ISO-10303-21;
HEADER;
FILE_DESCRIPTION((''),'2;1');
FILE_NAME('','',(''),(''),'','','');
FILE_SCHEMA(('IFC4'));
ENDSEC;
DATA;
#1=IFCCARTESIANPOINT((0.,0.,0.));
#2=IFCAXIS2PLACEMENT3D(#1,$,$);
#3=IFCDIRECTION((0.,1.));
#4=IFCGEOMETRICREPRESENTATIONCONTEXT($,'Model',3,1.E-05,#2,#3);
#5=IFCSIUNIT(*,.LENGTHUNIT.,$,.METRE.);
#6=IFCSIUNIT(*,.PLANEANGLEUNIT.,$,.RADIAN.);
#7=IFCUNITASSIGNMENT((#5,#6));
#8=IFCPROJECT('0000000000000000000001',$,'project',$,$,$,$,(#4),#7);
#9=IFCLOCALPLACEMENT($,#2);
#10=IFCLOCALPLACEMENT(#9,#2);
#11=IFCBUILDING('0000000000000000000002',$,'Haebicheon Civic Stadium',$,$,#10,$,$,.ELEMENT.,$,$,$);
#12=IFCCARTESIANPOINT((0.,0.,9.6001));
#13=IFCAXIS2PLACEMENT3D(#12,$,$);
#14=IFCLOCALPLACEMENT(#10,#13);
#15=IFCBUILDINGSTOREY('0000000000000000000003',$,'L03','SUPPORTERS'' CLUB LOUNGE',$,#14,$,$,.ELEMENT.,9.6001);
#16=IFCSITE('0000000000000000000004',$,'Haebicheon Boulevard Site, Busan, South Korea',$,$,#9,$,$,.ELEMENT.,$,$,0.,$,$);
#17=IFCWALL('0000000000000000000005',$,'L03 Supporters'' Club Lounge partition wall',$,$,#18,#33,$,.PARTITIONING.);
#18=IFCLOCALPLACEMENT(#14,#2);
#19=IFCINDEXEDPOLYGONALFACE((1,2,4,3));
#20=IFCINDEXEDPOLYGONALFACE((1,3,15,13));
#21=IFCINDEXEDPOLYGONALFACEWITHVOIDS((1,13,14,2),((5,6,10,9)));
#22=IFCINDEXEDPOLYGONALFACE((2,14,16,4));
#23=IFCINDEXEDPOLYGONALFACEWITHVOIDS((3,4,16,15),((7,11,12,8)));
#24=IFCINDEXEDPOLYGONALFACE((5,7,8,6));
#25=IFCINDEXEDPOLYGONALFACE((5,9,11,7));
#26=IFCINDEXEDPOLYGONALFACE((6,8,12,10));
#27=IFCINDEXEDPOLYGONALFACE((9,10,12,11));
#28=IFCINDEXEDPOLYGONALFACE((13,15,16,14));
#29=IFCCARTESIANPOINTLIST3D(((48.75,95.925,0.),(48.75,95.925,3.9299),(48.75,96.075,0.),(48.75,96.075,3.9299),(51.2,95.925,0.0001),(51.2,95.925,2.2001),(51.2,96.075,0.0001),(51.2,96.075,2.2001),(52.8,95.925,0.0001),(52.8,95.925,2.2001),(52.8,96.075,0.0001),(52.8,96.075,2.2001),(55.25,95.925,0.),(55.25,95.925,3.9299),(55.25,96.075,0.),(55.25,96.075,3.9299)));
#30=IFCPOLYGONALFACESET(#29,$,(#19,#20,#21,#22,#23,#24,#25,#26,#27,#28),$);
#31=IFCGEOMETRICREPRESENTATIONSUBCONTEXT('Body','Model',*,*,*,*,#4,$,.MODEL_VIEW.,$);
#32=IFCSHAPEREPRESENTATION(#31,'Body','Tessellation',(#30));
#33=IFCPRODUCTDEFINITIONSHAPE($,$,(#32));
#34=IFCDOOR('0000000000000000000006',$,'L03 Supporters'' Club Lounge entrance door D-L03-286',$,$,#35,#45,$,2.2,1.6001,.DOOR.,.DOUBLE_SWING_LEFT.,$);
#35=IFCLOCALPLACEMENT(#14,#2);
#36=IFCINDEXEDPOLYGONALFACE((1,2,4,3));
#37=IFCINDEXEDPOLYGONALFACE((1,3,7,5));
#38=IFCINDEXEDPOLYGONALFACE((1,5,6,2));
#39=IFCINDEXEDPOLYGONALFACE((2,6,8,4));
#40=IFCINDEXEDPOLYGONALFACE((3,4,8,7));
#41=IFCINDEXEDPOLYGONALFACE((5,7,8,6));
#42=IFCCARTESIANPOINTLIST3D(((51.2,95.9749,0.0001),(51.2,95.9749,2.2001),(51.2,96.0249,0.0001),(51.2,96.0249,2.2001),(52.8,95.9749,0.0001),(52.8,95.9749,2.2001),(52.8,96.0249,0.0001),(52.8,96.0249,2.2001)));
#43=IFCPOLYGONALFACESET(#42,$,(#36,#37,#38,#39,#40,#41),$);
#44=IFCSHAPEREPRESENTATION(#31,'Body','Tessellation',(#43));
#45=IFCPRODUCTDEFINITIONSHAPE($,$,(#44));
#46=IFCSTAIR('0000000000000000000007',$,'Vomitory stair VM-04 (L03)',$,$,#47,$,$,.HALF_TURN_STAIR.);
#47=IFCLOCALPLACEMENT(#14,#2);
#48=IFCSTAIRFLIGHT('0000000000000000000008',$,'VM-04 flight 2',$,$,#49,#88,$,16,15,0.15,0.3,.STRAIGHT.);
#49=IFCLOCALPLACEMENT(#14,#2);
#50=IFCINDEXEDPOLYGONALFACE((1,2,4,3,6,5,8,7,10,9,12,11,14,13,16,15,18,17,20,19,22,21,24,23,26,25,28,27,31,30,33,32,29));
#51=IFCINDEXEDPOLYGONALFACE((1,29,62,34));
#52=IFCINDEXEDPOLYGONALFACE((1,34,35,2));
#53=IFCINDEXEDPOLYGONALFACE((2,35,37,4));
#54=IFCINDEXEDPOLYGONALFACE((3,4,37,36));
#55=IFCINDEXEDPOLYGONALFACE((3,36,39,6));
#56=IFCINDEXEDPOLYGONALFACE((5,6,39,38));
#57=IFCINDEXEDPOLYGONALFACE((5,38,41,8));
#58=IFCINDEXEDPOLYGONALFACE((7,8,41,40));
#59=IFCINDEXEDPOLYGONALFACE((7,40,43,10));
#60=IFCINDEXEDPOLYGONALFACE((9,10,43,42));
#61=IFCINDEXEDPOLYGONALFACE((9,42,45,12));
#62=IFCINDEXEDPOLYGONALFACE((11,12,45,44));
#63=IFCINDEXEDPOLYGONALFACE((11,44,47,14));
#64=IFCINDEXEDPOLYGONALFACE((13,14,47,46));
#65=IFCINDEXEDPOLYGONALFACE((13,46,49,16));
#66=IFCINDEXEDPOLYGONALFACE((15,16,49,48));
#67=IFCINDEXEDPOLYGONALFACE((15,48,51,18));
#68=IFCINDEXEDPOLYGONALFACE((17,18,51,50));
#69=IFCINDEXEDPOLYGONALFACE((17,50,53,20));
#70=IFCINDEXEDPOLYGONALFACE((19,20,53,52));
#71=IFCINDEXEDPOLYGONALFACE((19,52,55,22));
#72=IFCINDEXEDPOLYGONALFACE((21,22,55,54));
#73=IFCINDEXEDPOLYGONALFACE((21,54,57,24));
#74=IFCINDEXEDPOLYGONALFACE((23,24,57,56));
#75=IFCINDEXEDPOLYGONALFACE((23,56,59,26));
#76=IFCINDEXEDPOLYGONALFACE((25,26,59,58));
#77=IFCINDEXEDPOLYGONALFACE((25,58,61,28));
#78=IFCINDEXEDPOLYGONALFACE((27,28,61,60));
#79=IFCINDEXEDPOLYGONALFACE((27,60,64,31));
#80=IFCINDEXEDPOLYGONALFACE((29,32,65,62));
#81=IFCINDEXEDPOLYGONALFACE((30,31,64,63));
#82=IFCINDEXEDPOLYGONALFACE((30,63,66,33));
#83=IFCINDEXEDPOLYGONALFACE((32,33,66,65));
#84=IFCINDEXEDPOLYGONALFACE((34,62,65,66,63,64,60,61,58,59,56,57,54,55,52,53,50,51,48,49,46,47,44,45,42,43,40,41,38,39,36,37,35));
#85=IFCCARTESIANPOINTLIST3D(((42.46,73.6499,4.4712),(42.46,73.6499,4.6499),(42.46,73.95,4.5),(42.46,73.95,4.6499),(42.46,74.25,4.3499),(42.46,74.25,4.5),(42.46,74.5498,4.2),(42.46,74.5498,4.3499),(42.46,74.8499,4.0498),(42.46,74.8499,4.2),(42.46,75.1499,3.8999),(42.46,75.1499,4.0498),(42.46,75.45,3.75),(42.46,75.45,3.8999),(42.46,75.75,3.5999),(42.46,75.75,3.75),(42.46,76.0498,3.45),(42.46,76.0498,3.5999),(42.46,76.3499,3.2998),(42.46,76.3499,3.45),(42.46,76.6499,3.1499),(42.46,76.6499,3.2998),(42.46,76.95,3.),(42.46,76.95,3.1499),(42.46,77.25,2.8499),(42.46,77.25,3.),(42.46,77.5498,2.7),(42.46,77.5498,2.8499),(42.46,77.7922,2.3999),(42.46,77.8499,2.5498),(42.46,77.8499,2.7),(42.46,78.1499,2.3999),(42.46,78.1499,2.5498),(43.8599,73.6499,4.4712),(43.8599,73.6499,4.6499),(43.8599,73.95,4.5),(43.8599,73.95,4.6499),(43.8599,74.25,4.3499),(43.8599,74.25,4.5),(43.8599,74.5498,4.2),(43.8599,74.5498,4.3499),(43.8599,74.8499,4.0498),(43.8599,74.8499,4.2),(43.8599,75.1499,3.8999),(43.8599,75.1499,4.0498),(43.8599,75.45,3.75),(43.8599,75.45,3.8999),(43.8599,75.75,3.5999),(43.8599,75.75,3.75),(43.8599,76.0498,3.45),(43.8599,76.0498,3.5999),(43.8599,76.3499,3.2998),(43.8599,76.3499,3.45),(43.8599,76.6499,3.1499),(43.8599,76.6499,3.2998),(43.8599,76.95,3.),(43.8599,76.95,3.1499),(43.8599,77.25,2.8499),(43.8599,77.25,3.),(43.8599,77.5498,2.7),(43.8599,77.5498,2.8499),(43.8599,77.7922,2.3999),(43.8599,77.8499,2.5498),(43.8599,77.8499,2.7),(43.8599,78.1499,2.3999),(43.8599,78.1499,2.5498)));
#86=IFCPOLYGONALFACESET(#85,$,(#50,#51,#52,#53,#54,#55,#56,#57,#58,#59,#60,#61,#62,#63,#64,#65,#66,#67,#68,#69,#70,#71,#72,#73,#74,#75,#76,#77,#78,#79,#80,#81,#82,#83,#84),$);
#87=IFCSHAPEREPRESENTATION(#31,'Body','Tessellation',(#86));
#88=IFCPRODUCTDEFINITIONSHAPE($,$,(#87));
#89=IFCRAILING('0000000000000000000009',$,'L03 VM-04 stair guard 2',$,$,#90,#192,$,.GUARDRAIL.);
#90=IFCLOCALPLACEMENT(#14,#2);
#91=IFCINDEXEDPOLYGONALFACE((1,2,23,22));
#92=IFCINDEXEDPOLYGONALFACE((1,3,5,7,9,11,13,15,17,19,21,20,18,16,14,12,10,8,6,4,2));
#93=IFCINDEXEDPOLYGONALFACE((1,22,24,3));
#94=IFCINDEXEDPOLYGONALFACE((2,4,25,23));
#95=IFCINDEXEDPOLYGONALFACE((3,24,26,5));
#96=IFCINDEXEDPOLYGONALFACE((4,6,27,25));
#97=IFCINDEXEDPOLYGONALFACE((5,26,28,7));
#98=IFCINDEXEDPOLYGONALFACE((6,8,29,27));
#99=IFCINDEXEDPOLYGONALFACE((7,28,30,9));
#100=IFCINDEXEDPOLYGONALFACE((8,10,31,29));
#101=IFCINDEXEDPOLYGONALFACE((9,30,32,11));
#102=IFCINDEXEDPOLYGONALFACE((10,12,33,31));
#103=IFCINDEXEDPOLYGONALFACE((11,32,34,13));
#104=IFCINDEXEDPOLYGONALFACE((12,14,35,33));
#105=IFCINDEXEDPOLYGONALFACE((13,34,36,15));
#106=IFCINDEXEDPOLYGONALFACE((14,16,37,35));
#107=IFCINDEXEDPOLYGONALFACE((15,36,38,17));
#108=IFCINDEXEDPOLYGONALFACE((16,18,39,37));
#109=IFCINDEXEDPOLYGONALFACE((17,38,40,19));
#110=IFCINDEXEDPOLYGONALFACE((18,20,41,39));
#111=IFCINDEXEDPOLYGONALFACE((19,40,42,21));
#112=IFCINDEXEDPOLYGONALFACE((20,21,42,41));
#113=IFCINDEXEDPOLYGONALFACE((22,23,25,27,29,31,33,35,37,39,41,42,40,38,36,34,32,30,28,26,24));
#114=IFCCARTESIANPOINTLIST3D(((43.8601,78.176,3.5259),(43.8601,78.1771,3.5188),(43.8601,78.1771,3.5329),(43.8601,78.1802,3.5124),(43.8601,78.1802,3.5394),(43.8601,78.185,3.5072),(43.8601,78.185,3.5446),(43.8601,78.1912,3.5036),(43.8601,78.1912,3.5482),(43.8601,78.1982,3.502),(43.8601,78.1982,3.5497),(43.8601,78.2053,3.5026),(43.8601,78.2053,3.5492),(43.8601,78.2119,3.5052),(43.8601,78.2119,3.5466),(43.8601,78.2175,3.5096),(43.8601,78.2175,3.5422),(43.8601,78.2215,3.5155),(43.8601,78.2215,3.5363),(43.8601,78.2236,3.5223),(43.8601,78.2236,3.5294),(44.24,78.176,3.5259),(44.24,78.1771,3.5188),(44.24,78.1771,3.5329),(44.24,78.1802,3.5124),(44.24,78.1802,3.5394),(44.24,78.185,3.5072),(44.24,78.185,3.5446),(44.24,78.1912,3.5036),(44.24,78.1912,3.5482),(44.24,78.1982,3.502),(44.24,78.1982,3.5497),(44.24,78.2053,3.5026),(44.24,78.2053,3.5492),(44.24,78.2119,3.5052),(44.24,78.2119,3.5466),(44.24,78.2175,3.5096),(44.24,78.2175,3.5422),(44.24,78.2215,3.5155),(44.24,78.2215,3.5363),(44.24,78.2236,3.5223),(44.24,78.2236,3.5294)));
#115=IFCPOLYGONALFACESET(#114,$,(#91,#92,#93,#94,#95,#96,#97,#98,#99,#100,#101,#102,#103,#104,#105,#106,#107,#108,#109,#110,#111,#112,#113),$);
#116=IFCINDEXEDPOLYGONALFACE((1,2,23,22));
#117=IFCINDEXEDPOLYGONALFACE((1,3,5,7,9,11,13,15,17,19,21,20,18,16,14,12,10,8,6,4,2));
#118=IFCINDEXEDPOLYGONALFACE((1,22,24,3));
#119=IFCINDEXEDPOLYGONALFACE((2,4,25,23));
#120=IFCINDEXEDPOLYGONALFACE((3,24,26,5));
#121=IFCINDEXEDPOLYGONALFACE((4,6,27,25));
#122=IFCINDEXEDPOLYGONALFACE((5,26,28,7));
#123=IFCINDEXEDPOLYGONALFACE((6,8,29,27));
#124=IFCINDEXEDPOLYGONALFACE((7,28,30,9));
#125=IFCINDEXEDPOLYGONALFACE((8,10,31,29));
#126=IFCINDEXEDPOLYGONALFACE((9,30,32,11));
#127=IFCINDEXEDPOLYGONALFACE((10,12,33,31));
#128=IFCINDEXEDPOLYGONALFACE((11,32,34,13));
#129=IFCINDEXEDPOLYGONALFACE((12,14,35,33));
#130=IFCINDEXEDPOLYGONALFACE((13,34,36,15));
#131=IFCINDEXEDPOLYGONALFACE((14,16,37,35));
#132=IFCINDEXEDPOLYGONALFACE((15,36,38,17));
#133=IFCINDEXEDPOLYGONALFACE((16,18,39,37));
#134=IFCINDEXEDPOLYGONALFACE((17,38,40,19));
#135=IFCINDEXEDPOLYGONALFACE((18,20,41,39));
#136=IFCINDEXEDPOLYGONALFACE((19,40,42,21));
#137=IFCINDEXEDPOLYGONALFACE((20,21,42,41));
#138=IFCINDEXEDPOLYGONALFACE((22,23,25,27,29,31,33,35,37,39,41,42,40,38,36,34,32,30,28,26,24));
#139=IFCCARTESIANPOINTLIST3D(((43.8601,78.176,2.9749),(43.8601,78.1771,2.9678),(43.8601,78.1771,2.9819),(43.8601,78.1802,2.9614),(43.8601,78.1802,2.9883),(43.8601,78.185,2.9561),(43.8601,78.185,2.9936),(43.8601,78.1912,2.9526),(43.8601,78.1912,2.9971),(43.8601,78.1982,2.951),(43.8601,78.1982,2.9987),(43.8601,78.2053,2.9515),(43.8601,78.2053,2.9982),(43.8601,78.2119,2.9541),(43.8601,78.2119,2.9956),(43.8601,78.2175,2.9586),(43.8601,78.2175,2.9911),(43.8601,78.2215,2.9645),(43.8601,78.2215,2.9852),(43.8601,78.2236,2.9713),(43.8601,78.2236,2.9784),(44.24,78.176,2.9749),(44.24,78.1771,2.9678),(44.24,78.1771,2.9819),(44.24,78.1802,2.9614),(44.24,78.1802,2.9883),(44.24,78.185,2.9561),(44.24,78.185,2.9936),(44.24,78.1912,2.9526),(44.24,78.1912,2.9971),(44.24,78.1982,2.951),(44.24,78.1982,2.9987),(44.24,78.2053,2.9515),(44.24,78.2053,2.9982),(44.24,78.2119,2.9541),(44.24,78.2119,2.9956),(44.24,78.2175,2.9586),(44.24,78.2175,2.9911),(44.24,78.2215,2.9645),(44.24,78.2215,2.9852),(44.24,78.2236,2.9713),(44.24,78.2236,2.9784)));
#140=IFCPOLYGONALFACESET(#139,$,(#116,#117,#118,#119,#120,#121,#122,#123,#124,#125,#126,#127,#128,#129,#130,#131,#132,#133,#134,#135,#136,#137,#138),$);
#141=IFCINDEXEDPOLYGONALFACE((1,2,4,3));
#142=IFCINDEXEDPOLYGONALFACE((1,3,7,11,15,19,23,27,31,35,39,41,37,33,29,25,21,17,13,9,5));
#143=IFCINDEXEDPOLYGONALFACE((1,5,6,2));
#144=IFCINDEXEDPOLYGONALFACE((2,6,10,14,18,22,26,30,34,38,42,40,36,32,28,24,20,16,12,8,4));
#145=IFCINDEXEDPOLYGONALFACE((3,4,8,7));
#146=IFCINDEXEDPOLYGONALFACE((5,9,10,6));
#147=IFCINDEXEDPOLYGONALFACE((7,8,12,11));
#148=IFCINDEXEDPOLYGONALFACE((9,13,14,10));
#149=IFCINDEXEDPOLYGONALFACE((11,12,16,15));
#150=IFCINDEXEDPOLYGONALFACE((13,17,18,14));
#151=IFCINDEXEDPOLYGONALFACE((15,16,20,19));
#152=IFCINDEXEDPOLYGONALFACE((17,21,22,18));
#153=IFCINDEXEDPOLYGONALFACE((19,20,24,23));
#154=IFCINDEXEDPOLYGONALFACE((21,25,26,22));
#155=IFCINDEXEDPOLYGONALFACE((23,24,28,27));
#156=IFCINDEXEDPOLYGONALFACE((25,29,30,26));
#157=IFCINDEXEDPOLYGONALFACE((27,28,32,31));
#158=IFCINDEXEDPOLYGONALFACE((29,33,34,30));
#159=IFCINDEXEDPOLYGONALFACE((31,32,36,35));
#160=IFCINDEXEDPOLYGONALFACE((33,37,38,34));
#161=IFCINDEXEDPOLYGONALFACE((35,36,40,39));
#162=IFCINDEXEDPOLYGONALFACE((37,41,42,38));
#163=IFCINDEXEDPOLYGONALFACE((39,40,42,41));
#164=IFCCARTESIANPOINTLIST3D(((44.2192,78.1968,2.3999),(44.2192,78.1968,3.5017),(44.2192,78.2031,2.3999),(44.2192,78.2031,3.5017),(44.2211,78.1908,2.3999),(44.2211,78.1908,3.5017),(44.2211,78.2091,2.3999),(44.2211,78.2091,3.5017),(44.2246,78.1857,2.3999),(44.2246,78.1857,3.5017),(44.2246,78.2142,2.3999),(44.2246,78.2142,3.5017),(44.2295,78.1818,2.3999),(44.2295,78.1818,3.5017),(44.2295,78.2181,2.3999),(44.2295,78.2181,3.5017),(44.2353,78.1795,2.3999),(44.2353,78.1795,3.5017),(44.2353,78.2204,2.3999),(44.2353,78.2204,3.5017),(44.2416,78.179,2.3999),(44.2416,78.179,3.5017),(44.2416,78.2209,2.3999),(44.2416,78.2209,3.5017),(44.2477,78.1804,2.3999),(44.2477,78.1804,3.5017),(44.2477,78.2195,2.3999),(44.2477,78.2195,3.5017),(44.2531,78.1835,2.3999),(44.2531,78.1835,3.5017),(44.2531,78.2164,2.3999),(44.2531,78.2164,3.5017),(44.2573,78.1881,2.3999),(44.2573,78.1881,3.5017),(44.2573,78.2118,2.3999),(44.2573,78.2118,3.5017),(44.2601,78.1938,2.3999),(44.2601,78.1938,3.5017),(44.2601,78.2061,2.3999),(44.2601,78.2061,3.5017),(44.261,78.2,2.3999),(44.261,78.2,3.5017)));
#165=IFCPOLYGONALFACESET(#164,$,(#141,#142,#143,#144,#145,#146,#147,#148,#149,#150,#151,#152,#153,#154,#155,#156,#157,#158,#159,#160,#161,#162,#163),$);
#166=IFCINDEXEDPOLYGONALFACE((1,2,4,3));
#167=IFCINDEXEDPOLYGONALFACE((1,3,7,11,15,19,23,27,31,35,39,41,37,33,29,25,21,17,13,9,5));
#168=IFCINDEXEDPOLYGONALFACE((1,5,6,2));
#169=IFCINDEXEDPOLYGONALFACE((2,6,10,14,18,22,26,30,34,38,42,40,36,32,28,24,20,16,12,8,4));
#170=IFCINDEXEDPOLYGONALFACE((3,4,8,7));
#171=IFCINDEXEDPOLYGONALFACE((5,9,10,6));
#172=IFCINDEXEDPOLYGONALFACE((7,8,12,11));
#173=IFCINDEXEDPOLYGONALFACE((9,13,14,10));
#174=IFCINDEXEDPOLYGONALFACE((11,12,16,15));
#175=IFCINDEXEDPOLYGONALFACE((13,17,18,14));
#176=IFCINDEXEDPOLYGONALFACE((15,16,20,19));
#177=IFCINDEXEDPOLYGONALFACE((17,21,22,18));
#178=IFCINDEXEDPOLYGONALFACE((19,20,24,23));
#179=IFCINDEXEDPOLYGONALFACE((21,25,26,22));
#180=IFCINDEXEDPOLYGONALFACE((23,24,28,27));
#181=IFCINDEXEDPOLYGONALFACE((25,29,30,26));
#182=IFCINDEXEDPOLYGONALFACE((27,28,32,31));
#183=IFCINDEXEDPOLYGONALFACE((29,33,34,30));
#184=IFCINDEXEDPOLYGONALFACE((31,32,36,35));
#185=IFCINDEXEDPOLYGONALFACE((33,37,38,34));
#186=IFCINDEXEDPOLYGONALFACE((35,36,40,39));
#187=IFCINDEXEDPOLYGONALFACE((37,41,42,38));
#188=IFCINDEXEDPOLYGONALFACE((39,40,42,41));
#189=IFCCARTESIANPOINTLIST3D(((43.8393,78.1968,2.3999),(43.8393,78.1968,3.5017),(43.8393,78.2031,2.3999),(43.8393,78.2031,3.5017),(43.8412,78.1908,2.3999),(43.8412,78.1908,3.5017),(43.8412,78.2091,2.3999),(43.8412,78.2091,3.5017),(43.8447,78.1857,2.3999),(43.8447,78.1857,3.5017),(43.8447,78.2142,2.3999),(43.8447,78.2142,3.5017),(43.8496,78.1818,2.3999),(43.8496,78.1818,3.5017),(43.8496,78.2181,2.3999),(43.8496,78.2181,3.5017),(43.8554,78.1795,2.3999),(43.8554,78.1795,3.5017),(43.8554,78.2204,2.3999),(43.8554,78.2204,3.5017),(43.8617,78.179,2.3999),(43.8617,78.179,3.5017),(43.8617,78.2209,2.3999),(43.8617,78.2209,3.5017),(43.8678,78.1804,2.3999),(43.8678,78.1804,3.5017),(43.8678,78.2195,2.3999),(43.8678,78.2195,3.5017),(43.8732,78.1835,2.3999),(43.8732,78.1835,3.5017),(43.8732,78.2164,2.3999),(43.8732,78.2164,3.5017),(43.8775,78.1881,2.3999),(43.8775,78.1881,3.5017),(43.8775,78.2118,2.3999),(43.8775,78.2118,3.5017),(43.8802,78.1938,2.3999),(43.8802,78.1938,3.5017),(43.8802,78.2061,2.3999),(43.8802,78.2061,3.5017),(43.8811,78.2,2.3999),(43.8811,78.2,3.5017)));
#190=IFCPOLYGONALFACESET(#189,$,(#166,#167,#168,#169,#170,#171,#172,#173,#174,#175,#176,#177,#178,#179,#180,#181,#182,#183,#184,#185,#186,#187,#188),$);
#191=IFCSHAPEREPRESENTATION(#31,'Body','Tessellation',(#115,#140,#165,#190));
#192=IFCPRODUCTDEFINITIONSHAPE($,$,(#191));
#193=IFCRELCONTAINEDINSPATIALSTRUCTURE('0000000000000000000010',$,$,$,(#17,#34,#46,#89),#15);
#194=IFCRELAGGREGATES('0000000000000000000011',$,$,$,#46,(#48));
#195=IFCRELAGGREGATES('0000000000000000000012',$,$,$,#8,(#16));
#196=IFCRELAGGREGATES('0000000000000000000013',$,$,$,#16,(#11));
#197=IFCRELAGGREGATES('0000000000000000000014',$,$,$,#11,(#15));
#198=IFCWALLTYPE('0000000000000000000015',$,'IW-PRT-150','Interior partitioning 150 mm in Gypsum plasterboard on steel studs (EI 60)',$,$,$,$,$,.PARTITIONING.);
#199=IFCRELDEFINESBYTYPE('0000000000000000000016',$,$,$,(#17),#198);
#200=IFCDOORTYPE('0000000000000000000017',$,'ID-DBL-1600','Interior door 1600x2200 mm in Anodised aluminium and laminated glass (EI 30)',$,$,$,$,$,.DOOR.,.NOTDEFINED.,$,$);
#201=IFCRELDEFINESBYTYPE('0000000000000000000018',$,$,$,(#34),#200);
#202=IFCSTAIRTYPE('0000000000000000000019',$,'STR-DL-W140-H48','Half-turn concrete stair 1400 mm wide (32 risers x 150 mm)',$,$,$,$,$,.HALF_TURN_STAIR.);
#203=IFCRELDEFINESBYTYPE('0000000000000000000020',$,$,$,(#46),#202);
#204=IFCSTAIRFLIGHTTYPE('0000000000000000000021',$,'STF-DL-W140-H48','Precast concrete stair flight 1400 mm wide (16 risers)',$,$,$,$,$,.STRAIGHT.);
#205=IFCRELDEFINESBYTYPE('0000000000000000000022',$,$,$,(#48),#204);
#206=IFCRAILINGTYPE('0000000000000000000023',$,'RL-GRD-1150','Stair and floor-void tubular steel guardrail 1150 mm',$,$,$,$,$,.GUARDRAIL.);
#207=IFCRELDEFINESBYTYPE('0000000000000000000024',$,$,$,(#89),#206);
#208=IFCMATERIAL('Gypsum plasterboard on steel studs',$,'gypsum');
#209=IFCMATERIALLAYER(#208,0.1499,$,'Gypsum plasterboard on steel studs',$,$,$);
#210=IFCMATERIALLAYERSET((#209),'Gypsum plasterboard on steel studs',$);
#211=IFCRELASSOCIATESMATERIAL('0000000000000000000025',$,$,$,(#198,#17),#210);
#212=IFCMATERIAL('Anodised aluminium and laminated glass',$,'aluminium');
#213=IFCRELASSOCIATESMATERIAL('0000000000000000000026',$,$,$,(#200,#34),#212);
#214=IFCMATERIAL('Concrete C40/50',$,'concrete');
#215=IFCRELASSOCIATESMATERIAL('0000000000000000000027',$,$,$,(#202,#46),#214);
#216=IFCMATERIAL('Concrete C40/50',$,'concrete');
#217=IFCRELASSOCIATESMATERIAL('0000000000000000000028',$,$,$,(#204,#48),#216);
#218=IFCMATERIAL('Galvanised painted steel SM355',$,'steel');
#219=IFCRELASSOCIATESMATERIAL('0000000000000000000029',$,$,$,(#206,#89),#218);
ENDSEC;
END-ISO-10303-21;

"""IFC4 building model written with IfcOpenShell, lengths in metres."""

from ifc_helpers import new_model, si_unit, direction, frame, frame_2d, origin, origin_2d, place, context, subcontext, project, spatial, polyline, rectangle, circle, outline, extrude, material, layer, layer_set, type_object, element, fill, aggregate, save


model = new_model("IFC4")

# Units and contexts
model_context = context("Model", 3, precision=1e-05, world=origin(), true_north=direction((0.0, 1.0)))
body_context = subcontext(model_context, "Body", "Model", "MODEL_VIEW")
ifc_project = project(units=[si_unit("LENGTHUNIT", "METRE"), si_unit("PLANEANGLEUNIT", "RADIAN")], contexts=[model_context])

# Site, building, storey
site_placement = place(None, origin())
site = spatial("IfcSite", under=ifc_project, at=site_placement, Name="Haebicheon Boulevard Site, Busan, South Korea", CompositionType="ELEMENT", RefElevation=0.0)
building_placement = place(site_placement, origin())
building = spatial("IfcBuilding", under=site, at=building_placement, Name="Haebicheon Civic Stadium", CompositionType="ELEMENT")
storey_placement = place(building_placement, frame((0.0, 0.0, 9.6001)))
storey = spatial("IfcBuildingStorey", under=building, at=storey_placement, Name="L03", Description="SUPPORTERS' CLUB LOUNGE", CompositionType="ELEMENT", Elevation=9.6001)

# Wall, opening, door
ifc_material_1 = material(Name="Gypsum plasterboard on steel studs", Category="gypsum")
ifc_layer = layer(ifc_material_1, 0.1499, Name="Gypsum plasterboard on steel studs")
ifc_layer_set = layer_set([ifc_layer], Name="Gypsum plasterboard on steel studs")
wall_type = type_object("IfcWallType", Name="IW-PRT-150", Description="Interior partitioning 150 mm in Gypsum plasterboard on steel studs (EI 60)", PredefinedType="PARTITIONING", material=ifc_layer_set)
wall_1_placement = place(storey_placement, frame((48.75, 96.0, 0.0), z_axis=(0.0, 0.0, 1.0), x_axis=(1.0, 0.0, 0.0)))
wall_1 = element("IfcWall", 1, at=wall_1_placement, inside=storey, type_object=wall_type, material=ifc_layer_set, Name="L03 Supporters' Club Lounge partition wall", PredefinedType="PARTITIONING", context=body_context, shape_type="SweptSolid", body=[
    extrude(rectangle(XDim=6.5, YDim=0.1499, at=frame_2d((3.25, 0.0))), origin(), (0.0, 0.0, 1.0), 3.9299),
])
opening_1_placement = place(wall_1_placement, frame((2.45, 0.0, 0.0)))
opening_1 = element("IfcOpeningElement", 2, at=opening_1_placement, cuts=wall_1, PredefinedType="OPENING", context=body_context, shape_type="SweptSolid", body=[
    extrude(rectangle(XDim=1.6001, YDim=2.2, at=frame_2d((0.8, 1.1001))), frame((0.0, 0.085, 0.0), z_axis=(0.0, -1.0, 0.0), x_axis=(1.0, 0.0, 0.0)), (0.0, 0.0, 1.0), 0.1699),
])
ifc_material_2 = material(Name="Anodised aluminium and laminated glass", Category="aluminium")
door_type_1 = type_object("IfcDoorType", Name="ID-DBL-1600", Description="Interior door 1600x2200 mm in Anodised aluminium and laminated glass (EI 30)", OperationType="NOTDEFINED", PredefinedType="DOOR", material=ifc_material_2)
door_1_placement = place(opening_1_placement, origin())
door_1 = element("IfcDoor", 3, at=door_1_placement, inside=storey, type_object=door_type_1, material=ifc_material_2, Name="L03 Supporters' Club Lounge entrance door D-L03-286", OperationType="DOUBLE_SWING_LEFT", OverallHeight=2.2, OverallWidth=1.6001, PredefinedType="DOOR", context=body_context, shape_type="SweptSolid", body=[
    extrude(rectangle(XDim=1.6001, YDim=2.2, at=frame_2d((0.8, 1.1001))), frame((0.0, 0.0249, 0.0), z_axis=(0.0, -1.0, 0.0), x_axis=(1.0, 0.0, 0.0)), (0.0, 0.0, 1.0), 0.05),
])
fill(opening_1, door_1)

# Stair, stair flight
ifc_material_3 = material(Name="Concrete C40/50", Category="concrete")
stair_type = type_object("IfcStairType", Name="STR-DL-W140-H48", Description="Half-turn concrete stair 1400 mm wide (32 risers x 150 mm)", PredefinedType="HALF_TURN_STAIR", material=ifc_material_3)
stair_placement = place(storey_placement, origin())
stair = element("IfcStair", 4, at=stair_placement, inside=storey, type_object=stair_type, material=ifc_material_3, Name="Vomitory stair VM-04 (L03)", PredefinedType="HALF_TURN_STAIR")
ifc_material_4 = material(Name="Concrete C40/50", Category="concrete")
stair_flight_type = type_object("IfcStairFlightType", Name="STF-DL-W140-H48", Description="Precast concrete stair flight 1400 mm wide (16 risers)", PredefinedType="STRAIGHT", material=ifc_material_4)
stair_flight_placement = place(storey_placement, frame((43.1599, 78.1499, 2.3999), z_axis=(0.0, 0.0, 1.0), x_axis=(0.0, -1.0, 0.0)))
stair_flight = element("IfcStairFlight", 5, at=stair_flight_placement, type_object=stair_flight_type, material=ifc_material_4, Name="VM-04 flight 2", NumberOfRisers=16, NumberOfTreads=15, PredefinedType="STRAIGHT", RiserHeight=0.15, TreadLength=0.3, context=body_context, shape_type="SweptSolid", body=[
    extrude(outline(polyline([(0.0, 0.0), (0.0, 0.1499), (0.3, 0.1499), (0.3, 0.3), (0.6001, 0.3), (0.6001, 0.45), (0.8999, 0.45), (0.8999, 0.6001), (1.2, 0.6001), (1.2, 0.75), (1.5, 0.75), (1.5, 0.8999), (1.8, 0.8999), (1.8, 1.05), (2.1001, 1.05), (2.1001, 1.2), (2.3999, 1.2), (2.3999, 1.3501), (2.7, 1.3501), (2.7, 1.5), (3.0, 1.5), (3.0, 1.6499), (3.3, 1.6499), (3.3, 1.8), (3.6001, 1.8), (3.6001, 1.95), (3.8999, 1.95), (3.8999, 2.1001), (4.2, 2.1001), (4.2, 2.25), (4.5, 2.25), (4.5, 2.3999), (4.5, 2.0713), (0.3577, 0.0), (0.0, 0.0)])), frame((0.0, 0.7, 0.0), z_axis=(0.0, -1.0, 0.0), x_axis=(1.0, 0.0, 0.0)), (0.0, 0.0, 1.0), 1.3999),
])
aggregate(stair, [stair_flight])

# Railing
ifc_material_5 = material(Name="Galvanised painted steel SM355", Category="steel")
railing_type_1 = type_object("IfcRailingType", Name="RL-GRD-1150", Description="Stair and floor-void tubular steel guardrail 1150 mm", PredefinedType="GUARDRAIL", material=ifc_material_5)
railing_1_placement = place(storey_placement, frame((44.24, 78.2, 2.3999)))
element("IfcRailing", 6, at=railing_1_placement, inside=storey, type_object=railing_type_1, material=ifc_material_5, Name="L03 VM-04 stair guard 2", PredefinedType="GUARDRAIL", context=body_context, shape_type="SweptSolid", body=[
    extrude(circle(Radius=0.0239, at=origin_2d()), frame((0.0, 0.0, 1.126), z_axis=(-1.0, 0.0, 0.0), x_axis=(0.0, -1.0, 0.0)), (0.0, 0.0, 1.0), 0.3799),
    extrude(circle(Radius=0.0239, at=origin_2d()), frame((0.0, 0.0, 0.575), z_axis=(-1.0, 0.0, 0.0), x_axis=(0.0, -1.0, 0.0)), (0.0, 0.0, 1.0), 0.3799),
    extrude(circle(Radius=0.021, at=origin_2d()), origin(), (0.0, 0.0, 1.0), 1.1018),
    extrude(circle(Radius=0.021, at=origin_2d()), frame((-0.3799, 0.0, 0.0)), (0.0, 0.0, 1.0), 1.1018),
])

save(model, "model.ifc")
